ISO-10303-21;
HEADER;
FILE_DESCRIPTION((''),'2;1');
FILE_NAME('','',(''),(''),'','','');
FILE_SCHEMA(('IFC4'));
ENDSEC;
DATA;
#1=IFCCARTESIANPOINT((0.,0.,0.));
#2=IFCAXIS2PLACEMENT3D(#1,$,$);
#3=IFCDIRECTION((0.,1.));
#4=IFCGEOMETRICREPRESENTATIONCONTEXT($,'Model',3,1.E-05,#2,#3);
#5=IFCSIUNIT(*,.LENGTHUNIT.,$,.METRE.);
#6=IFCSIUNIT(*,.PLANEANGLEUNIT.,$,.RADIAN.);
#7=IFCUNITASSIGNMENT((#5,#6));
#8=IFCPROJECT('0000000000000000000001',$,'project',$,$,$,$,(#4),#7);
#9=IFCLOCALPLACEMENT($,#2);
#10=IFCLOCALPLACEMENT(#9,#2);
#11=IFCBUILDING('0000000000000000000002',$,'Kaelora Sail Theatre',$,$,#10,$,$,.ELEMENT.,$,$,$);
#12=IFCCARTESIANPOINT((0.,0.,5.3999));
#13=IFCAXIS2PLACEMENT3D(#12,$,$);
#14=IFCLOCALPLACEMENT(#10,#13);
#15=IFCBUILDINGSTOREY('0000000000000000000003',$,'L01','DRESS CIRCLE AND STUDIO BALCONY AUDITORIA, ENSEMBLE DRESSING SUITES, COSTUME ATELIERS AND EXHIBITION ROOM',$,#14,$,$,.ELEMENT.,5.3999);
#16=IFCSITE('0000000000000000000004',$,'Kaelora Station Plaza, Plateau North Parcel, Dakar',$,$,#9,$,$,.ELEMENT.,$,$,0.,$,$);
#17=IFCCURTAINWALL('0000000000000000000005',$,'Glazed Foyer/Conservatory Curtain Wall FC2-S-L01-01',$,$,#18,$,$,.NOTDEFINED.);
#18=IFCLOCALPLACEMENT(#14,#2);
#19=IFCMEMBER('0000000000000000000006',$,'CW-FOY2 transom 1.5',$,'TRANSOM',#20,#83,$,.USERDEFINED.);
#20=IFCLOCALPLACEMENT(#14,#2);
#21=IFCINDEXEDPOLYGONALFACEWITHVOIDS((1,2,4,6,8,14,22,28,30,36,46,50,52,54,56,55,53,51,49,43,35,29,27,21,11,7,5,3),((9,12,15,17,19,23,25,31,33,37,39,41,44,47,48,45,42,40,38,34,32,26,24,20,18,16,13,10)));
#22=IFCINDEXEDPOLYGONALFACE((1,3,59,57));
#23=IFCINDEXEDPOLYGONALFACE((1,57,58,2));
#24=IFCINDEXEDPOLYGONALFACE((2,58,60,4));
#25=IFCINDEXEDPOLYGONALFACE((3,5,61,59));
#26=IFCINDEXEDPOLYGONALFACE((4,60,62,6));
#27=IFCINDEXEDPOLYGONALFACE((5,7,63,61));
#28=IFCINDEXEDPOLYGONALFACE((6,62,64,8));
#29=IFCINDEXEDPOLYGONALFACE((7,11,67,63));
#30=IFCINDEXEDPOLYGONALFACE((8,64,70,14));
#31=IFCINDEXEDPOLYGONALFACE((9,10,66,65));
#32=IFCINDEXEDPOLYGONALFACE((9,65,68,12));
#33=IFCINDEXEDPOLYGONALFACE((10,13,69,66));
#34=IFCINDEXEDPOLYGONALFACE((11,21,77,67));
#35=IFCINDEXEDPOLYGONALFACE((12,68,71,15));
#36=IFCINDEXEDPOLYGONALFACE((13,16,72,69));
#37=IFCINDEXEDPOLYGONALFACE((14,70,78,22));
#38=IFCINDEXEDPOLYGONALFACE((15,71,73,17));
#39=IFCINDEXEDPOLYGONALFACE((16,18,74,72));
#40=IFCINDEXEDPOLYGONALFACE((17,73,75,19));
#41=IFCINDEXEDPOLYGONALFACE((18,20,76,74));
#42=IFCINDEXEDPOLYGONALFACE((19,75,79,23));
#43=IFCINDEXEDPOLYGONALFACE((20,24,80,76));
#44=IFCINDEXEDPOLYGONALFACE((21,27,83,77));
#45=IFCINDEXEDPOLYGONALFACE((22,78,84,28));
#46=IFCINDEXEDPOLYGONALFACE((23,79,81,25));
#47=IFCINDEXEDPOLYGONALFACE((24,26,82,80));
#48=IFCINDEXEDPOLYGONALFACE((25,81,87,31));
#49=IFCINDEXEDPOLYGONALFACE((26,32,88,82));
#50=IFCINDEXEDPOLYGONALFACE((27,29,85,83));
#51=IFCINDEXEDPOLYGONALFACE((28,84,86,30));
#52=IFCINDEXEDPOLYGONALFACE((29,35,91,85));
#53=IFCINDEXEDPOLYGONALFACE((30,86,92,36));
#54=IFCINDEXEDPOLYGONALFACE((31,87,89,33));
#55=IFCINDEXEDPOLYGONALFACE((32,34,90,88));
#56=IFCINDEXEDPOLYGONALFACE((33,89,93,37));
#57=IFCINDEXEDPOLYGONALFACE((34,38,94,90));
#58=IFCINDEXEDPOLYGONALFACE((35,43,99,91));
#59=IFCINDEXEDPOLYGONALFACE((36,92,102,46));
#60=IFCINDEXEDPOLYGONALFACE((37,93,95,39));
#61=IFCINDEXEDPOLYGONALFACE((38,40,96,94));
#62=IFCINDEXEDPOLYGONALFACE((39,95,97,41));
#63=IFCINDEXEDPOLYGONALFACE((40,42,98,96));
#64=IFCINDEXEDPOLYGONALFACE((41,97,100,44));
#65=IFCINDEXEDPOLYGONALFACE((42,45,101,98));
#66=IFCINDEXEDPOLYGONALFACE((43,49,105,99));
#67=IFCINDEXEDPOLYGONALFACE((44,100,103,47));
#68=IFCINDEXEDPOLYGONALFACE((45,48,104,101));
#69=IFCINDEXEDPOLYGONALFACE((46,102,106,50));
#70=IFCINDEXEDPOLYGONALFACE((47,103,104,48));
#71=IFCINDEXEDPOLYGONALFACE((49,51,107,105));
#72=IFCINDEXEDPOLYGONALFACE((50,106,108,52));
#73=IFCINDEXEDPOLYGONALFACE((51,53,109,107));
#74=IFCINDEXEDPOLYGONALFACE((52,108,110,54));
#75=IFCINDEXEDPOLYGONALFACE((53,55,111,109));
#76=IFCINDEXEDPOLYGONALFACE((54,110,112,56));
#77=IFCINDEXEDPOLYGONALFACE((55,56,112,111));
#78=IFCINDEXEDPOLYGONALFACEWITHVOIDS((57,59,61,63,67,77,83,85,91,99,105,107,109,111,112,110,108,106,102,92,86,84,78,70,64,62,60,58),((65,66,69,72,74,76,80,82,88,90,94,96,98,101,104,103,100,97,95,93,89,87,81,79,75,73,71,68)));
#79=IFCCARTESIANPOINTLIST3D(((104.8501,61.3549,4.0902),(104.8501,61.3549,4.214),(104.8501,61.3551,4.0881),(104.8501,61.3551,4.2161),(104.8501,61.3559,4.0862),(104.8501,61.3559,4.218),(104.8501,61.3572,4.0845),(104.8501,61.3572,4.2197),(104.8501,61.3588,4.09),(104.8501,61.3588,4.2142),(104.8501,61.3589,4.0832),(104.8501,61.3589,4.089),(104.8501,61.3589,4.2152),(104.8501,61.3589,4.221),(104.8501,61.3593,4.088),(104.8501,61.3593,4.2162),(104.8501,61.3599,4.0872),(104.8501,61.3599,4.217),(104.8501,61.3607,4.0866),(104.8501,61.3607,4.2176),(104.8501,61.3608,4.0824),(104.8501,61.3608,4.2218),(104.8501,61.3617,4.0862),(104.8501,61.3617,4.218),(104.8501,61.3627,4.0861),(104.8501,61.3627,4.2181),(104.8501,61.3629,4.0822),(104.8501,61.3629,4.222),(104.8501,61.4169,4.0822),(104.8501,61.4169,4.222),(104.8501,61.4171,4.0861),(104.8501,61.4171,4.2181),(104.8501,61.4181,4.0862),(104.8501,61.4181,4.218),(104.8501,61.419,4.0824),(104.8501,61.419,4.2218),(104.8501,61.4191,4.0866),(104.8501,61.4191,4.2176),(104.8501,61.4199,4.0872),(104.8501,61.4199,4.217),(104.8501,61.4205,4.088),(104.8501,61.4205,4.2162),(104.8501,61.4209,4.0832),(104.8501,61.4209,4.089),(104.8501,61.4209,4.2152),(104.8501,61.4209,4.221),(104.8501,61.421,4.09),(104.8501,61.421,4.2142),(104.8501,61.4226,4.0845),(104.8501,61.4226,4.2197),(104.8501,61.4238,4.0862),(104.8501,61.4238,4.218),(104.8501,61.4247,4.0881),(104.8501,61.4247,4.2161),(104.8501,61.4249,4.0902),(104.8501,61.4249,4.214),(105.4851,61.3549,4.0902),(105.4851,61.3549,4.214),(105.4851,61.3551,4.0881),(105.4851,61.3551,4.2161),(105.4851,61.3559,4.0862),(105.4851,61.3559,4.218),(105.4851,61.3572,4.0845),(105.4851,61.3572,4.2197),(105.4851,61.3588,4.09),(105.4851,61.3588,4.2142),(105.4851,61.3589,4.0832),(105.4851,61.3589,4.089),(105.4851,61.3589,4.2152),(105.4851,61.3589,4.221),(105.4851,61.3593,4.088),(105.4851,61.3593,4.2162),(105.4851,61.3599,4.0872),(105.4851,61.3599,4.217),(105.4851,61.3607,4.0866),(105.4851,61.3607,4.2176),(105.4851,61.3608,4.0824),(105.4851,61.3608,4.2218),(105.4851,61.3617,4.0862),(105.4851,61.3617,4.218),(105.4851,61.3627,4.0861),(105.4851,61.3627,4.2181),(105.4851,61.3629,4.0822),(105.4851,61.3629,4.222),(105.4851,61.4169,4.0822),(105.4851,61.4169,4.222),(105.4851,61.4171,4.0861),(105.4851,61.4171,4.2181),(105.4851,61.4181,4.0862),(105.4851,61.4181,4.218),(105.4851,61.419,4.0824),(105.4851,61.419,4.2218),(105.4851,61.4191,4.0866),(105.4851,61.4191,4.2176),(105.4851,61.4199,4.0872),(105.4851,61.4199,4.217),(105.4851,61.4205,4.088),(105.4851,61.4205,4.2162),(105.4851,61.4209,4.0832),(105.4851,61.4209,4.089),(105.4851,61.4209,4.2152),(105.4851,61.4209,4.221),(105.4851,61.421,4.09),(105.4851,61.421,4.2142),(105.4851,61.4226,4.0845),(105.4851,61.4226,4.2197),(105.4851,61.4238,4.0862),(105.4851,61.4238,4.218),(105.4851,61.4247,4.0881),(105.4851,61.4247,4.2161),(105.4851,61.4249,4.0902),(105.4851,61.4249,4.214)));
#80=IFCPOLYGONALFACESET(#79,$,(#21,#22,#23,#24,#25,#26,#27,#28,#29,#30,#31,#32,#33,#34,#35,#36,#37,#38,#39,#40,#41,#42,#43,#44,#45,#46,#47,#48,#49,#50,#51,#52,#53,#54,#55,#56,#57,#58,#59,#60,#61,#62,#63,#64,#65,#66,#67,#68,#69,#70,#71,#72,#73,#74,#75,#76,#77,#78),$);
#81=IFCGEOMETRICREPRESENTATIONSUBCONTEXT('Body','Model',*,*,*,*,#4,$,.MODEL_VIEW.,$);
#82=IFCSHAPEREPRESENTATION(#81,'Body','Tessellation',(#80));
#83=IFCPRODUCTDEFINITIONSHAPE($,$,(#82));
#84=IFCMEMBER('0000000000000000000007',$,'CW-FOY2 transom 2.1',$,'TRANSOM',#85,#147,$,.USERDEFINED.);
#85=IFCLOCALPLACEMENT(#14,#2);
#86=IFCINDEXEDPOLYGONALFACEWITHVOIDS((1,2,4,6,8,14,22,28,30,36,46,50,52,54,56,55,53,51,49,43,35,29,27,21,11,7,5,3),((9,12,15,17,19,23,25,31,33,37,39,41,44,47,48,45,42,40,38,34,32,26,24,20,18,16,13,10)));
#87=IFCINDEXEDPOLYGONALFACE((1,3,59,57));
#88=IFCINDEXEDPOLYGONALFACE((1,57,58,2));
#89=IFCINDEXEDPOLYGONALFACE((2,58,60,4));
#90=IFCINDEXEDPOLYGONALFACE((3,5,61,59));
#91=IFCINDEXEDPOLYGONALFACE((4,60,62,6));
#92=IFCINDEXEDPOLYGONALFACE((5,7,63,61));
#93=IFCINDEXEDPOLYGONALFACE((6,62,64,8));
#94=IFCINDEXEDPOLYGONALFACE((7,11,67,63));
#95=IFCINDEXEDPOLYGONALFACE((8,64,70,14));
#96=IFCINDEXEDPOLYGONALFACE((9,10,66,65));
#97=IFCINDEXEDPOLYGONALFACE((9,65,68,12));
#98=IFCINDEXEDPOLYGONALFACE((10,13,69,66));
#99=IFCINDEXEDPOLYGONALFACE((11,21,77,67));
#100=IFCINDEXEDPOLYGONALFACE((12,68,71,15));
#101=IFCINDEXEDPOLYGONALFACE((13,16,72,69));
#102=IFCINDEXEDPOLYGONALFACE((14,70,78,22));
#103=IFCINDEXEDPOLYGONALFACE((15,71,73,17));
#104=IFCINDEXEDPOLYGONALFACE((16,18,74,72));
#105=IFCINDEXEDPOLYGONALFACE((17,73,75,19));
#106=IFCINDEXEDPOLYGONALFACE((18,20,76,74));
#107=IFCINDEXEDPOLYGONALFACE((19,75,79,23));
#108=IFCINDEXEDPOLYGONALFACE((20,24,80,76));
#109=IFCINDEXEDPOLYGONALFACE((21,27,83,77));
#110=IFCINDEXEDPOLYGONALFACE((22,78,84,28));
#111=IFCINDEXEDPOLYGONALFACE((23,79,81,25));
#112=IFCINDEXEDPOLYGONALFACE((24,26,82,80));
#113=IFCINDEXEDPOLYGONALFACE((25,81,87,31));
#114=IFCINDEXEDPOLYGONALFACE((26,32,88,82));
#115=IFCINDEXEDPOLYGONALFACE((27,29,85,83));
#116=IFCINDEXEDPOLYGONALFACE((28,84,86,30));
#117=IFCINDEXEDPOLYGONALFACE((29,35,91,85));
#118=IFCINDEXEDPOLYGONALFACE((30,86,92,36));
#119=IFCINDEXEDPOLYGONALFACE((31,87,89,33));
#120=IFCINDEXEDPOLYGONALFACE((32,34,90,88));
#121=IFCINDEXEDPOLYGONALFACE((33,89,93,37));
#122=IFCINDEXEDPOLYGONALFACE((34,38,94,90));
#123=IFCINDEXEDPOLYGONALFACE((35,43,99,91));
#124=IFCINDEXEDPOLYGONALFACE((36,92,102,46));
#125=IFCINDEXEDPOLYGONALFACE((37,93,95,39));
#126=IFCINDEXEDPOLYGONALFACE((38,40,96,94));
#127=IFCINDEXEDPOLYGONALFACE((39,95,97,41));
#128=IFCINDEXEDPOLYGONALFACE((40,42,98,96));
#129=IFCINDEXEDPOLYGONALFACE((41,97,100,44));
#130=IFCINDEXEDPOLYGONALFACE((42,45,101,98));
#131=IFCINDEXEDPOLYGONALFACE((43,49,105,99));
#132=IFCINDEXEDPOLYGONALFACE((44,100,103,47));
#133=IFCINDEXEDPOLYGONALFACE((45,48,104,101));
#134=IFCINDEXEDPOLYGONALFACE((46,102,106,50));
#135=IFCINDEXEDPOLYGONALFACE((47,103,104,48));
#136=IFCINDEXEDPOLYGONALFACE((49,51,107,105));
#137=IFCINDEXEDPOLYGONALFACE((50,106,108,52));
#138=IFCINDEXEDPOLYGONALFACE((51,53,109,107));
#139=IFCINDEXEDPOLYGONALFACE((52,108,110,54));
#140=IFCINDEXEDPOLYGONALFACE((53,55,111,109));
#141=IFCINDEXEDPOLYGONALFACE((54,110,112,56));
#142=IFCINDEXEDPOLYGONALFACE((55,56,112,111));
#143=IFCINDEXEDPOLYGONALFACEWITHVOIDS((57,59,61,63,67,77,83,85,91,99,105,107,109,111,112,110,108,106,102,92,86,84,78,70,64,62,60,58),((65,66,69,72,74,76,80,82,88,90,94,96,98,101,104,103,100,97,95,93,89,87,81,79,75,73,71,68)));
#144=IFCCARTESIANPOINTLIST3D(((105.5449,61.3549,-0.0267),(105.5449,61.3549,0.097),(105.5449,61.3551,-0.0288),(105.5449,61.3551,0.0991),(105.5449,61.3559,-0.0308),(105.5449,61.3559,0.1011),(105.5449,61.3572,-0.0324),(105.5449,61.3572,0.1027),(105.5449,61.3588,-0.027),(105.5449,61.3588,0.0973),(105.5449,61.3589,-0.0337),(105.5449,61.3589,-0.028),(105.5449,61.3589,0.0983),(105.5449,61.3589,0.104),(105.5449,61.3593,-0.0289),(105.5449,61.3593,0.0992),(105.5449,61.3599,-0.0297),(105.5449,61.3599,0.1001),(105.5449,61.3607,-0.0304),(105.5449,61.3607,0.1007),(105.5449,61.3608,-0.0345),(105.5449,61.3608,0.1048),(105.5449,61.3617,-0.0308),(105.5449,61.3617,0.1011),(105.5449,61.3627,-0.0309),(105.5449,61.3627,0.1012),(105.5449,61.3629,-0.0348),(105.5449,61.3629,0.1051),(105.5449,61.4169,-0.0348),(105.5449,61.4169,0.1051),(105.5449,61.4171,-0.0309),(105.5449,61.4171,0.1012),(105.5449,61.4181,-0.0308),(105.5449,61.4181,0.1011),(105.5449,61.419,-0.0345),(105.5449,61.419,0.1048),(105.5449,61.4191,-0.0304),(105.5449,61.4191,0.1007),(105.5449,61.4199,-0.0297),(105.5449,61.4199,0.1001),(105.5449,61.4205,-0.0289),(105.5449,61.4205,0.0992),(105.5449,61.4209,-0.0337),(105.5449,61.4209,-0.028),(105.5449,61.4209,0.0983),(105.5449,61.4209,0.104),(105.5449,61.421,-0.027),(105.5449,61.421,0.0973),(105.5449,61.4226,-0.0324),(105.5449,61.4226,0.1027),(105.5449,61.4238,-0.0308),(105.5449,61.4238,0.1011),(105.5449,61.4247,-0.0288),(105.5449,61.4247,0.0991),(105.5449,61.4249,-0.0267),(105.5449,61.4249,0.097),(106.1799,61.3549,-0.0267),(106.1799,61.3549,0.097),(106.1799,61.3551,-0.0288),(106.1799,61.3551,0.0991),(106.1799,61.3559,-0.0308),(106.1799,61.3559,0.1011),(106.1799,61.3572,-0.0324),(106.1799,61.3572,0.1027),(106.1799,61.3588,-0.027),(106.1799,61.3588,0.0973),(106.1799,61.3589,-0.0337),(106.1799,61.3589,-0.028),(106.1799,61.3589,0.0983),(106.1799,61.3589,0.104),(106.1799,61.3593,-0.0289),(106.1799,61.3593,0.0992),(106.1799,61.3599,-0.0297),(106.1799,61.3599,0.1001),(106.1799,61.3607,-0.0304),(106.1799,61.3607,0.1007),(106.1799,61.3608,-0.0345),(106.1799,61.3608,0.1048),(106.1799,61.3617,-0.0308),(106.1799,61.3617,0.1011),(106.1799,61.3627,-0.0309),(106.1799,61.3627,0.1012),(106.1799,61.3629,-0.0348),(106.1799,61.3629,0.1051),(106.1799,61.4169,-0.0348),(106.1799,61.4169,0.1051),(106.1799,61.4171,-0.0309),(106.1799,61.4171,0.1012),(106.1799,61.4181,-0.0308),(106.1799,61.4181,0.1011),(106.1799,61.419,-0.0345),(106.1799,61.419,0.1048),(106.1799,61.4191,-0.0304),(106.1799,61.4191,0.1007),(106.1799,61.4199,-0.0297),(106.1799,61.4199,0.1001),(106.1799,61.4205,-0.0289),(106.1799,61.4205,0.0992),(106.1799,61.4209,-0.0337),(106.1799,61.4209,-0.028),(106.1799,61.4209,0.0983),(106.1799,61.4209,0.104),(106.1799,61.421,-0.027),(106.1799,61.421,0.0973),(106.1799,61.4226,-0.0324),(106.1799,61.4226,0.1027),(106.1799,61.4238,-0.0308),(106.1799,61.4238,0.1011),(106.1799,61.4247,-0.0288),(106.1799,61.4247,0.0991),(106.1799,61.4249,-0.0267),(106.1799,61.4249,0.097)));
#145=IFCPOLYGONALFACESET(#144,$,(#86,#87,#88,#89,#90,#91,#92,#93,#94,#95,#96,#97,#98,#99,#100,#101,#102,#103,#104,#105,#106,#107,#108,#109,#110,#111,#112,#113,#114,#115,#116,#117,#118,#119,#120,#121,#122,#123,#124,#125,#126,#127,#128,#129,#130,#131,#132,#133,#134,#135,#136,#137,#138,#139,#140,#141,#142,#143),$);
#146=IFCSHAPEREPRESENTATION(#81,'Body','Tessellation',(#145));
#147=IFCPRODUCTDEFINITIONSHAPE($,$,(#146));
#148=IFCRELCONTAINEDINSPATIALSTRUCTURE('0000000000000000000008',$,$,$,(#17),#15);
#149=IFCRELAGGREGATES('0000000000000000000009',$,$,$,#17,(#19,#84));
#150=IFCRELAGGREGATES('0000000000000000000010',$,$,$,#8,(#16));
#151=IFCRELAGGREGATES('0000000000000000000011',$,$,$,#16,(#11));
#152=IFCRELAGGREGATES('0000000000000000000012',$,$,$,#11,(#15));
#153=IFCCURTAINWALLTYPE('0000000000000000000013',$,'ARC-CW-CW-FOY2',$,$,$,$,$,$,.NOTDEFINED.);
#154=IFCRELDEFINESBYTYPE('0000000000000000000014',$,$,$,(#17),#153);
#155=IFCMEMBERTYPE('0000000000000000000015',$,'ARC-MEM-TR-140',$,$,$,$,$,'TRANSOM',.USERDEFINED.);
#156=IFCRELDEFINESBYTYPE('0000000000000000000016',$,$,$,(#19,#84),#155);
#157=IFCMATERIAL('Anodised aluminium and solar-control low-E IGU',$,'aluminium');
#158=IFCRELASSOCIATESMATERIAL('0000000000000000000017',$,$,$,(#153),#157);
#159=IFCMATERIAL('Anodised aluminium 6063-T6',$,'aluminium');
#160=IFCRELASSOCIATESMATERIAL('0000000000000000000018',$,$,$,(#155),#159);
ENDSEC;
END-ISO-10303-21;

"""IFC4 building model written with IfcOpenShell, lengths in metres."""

from ifc_helpers import new_model, si_unit, direction, frame, origin, origin_2d, place, context, subcontext, project, spatial, hollow_rectangle, extrude, material, material_profile, profile_set, type_object, element, aggregate, save


model = new_model("IFC4")

# Units and contexts
model_context = context("Model", 3, precision=1e-05, world=origin(), true_north=direction((0.0, 1.0)))
body_context = subcontext(model_context, "Body", "Model", "MODEL_VIEW")
ifc_project = project(units=[si_unit("LENGTHUNIT", "METRE"), si_unit("PLANEANGLEUNIT", "RADIAN")], contexts=[model_context])

# Site, building, storey
site_placement = place(None, origin())
site = spatial("IfcSite", under=ifc_project, at=site_placement, Name="Kaelora Station Plaza, Plateau North Parcel, Dakar", CompositionType="ELEMENT", RefElevation=0.0)
building_placement = place(site_placement, origin())
building = spatial("IfcBuilding", under=site, at=building_placement, Name="Kaelora Sail Theatre", CompositionType="ELEMENT")
storey_placement = place(building_placement, frame((0.0, 0.0, 5.3999)))
storey = spatial("IfcBuildingStorey", under=building, at=storey_placement, Name="L01", Description="DRESS CIRCLE AND STUDIO BALCONY AUDITORIA, ENSEMBLE DRESSING SUITES, COSTUME ATELIERS AND EXHIBITION ROOM", CompositionType="ELEMENT", Elevation=5.3999)

# Curtain wall, members
ifc_material_1 = material(Name="Anodised aluminium and solar-control low-E IGU", Category="aluminium")
curtain_wall_type = type_object("IfcCurtainWallType", Name="ARC-CW-CW-FOY2", PredefinedType="NOTDEFINED", material=ifc_material_1)
curtain_wall_placement = place(storey_placement, origin())
curtain_wall = element("IfcCurtainWall", 1, at=curtain_wall_placement, inside=storey, type_object=curtain_wall_type, Name="Glazed Foyer/Conservatory Curtain Wall FC2-S-L01-01", PredefinedType="NOTDEFINED")
ifc_material_2 = material(Name="Anodised aluminium 6063-T6", Category="aluminium")
ifc_material_profile_1 = material_profile(ifc_material_2, hollow_rectangle(XDim=0.0701, YDim=0.1399, WallThickness=0.0039, InnerFilletRadius=0.0039, OuterFilletRadius=0.0081, at=origin_2d()), Name="ALU-TRAN 70x140x4")
ifc_profile_set_1 = profile_set([ifc_material_profile_1], Name="Anodised aluminium 6063-T6")
member_type_1 = type_object("IfcMemberType", Name="ARC-MEM-TR-140", ElementType="TRANSOM", PredefinedType="USERDEFINED", material=ifc_profile_set_1)
member_1_placement = place(storey_placement, frame((104.8501, 61.3899, 4.1521), z_axis=(1.0, 0.0, 0.0), x_axis=(0.0, 1.0, 0.0)))
member_1 = element("IfcMember", 2, at=member_1_placement, type_object=member_type_1, Name="CW-FOY2 transom 1.5", ObjectType="TRANSOM", PredefinedType="USERDEFINED", context=body_context, shape_type="SweptSolid", body=[
    extrude(hollow_rectangle(XDim=0.0701, YDim=0.1399, WallThickness=0.0039, InnerFilletRadius=0.0039, OuterFilletRadius=0.0081, at=origin_2d()), origin(), (0.0, 0.0, 1.0), 0.635),
])
member_2_placement = place(storey_placement, frame((105.5449, 61.3899, 0.0352), z_axis=(1.0, 0.0, 0.0), x_axis=(0.0, 1.0, 0.0)))
member_2 = element("IfcMember", 3, at=member_2_placement, type_object=member_type_1, Name="CW-FOY2 transom 2.1", ObjectType="TRANSOM", PredefinedType="USERDEFINED", context=body_context, shape_type="SweptSolid", body=[
    extrude(hollow_rectangle(XDim=0.0701, YDim=0.1399, WallThickness=0.0039, InnerFilletRadius=0.0039, OuterFilletRadius=0.0081, at=origin_2d()), origin(), (0.0, 0.0, 1.0), 0.635),
])

aggregate(curtain_wall, [member_1, member_2])

save(model, "model.ifc")
